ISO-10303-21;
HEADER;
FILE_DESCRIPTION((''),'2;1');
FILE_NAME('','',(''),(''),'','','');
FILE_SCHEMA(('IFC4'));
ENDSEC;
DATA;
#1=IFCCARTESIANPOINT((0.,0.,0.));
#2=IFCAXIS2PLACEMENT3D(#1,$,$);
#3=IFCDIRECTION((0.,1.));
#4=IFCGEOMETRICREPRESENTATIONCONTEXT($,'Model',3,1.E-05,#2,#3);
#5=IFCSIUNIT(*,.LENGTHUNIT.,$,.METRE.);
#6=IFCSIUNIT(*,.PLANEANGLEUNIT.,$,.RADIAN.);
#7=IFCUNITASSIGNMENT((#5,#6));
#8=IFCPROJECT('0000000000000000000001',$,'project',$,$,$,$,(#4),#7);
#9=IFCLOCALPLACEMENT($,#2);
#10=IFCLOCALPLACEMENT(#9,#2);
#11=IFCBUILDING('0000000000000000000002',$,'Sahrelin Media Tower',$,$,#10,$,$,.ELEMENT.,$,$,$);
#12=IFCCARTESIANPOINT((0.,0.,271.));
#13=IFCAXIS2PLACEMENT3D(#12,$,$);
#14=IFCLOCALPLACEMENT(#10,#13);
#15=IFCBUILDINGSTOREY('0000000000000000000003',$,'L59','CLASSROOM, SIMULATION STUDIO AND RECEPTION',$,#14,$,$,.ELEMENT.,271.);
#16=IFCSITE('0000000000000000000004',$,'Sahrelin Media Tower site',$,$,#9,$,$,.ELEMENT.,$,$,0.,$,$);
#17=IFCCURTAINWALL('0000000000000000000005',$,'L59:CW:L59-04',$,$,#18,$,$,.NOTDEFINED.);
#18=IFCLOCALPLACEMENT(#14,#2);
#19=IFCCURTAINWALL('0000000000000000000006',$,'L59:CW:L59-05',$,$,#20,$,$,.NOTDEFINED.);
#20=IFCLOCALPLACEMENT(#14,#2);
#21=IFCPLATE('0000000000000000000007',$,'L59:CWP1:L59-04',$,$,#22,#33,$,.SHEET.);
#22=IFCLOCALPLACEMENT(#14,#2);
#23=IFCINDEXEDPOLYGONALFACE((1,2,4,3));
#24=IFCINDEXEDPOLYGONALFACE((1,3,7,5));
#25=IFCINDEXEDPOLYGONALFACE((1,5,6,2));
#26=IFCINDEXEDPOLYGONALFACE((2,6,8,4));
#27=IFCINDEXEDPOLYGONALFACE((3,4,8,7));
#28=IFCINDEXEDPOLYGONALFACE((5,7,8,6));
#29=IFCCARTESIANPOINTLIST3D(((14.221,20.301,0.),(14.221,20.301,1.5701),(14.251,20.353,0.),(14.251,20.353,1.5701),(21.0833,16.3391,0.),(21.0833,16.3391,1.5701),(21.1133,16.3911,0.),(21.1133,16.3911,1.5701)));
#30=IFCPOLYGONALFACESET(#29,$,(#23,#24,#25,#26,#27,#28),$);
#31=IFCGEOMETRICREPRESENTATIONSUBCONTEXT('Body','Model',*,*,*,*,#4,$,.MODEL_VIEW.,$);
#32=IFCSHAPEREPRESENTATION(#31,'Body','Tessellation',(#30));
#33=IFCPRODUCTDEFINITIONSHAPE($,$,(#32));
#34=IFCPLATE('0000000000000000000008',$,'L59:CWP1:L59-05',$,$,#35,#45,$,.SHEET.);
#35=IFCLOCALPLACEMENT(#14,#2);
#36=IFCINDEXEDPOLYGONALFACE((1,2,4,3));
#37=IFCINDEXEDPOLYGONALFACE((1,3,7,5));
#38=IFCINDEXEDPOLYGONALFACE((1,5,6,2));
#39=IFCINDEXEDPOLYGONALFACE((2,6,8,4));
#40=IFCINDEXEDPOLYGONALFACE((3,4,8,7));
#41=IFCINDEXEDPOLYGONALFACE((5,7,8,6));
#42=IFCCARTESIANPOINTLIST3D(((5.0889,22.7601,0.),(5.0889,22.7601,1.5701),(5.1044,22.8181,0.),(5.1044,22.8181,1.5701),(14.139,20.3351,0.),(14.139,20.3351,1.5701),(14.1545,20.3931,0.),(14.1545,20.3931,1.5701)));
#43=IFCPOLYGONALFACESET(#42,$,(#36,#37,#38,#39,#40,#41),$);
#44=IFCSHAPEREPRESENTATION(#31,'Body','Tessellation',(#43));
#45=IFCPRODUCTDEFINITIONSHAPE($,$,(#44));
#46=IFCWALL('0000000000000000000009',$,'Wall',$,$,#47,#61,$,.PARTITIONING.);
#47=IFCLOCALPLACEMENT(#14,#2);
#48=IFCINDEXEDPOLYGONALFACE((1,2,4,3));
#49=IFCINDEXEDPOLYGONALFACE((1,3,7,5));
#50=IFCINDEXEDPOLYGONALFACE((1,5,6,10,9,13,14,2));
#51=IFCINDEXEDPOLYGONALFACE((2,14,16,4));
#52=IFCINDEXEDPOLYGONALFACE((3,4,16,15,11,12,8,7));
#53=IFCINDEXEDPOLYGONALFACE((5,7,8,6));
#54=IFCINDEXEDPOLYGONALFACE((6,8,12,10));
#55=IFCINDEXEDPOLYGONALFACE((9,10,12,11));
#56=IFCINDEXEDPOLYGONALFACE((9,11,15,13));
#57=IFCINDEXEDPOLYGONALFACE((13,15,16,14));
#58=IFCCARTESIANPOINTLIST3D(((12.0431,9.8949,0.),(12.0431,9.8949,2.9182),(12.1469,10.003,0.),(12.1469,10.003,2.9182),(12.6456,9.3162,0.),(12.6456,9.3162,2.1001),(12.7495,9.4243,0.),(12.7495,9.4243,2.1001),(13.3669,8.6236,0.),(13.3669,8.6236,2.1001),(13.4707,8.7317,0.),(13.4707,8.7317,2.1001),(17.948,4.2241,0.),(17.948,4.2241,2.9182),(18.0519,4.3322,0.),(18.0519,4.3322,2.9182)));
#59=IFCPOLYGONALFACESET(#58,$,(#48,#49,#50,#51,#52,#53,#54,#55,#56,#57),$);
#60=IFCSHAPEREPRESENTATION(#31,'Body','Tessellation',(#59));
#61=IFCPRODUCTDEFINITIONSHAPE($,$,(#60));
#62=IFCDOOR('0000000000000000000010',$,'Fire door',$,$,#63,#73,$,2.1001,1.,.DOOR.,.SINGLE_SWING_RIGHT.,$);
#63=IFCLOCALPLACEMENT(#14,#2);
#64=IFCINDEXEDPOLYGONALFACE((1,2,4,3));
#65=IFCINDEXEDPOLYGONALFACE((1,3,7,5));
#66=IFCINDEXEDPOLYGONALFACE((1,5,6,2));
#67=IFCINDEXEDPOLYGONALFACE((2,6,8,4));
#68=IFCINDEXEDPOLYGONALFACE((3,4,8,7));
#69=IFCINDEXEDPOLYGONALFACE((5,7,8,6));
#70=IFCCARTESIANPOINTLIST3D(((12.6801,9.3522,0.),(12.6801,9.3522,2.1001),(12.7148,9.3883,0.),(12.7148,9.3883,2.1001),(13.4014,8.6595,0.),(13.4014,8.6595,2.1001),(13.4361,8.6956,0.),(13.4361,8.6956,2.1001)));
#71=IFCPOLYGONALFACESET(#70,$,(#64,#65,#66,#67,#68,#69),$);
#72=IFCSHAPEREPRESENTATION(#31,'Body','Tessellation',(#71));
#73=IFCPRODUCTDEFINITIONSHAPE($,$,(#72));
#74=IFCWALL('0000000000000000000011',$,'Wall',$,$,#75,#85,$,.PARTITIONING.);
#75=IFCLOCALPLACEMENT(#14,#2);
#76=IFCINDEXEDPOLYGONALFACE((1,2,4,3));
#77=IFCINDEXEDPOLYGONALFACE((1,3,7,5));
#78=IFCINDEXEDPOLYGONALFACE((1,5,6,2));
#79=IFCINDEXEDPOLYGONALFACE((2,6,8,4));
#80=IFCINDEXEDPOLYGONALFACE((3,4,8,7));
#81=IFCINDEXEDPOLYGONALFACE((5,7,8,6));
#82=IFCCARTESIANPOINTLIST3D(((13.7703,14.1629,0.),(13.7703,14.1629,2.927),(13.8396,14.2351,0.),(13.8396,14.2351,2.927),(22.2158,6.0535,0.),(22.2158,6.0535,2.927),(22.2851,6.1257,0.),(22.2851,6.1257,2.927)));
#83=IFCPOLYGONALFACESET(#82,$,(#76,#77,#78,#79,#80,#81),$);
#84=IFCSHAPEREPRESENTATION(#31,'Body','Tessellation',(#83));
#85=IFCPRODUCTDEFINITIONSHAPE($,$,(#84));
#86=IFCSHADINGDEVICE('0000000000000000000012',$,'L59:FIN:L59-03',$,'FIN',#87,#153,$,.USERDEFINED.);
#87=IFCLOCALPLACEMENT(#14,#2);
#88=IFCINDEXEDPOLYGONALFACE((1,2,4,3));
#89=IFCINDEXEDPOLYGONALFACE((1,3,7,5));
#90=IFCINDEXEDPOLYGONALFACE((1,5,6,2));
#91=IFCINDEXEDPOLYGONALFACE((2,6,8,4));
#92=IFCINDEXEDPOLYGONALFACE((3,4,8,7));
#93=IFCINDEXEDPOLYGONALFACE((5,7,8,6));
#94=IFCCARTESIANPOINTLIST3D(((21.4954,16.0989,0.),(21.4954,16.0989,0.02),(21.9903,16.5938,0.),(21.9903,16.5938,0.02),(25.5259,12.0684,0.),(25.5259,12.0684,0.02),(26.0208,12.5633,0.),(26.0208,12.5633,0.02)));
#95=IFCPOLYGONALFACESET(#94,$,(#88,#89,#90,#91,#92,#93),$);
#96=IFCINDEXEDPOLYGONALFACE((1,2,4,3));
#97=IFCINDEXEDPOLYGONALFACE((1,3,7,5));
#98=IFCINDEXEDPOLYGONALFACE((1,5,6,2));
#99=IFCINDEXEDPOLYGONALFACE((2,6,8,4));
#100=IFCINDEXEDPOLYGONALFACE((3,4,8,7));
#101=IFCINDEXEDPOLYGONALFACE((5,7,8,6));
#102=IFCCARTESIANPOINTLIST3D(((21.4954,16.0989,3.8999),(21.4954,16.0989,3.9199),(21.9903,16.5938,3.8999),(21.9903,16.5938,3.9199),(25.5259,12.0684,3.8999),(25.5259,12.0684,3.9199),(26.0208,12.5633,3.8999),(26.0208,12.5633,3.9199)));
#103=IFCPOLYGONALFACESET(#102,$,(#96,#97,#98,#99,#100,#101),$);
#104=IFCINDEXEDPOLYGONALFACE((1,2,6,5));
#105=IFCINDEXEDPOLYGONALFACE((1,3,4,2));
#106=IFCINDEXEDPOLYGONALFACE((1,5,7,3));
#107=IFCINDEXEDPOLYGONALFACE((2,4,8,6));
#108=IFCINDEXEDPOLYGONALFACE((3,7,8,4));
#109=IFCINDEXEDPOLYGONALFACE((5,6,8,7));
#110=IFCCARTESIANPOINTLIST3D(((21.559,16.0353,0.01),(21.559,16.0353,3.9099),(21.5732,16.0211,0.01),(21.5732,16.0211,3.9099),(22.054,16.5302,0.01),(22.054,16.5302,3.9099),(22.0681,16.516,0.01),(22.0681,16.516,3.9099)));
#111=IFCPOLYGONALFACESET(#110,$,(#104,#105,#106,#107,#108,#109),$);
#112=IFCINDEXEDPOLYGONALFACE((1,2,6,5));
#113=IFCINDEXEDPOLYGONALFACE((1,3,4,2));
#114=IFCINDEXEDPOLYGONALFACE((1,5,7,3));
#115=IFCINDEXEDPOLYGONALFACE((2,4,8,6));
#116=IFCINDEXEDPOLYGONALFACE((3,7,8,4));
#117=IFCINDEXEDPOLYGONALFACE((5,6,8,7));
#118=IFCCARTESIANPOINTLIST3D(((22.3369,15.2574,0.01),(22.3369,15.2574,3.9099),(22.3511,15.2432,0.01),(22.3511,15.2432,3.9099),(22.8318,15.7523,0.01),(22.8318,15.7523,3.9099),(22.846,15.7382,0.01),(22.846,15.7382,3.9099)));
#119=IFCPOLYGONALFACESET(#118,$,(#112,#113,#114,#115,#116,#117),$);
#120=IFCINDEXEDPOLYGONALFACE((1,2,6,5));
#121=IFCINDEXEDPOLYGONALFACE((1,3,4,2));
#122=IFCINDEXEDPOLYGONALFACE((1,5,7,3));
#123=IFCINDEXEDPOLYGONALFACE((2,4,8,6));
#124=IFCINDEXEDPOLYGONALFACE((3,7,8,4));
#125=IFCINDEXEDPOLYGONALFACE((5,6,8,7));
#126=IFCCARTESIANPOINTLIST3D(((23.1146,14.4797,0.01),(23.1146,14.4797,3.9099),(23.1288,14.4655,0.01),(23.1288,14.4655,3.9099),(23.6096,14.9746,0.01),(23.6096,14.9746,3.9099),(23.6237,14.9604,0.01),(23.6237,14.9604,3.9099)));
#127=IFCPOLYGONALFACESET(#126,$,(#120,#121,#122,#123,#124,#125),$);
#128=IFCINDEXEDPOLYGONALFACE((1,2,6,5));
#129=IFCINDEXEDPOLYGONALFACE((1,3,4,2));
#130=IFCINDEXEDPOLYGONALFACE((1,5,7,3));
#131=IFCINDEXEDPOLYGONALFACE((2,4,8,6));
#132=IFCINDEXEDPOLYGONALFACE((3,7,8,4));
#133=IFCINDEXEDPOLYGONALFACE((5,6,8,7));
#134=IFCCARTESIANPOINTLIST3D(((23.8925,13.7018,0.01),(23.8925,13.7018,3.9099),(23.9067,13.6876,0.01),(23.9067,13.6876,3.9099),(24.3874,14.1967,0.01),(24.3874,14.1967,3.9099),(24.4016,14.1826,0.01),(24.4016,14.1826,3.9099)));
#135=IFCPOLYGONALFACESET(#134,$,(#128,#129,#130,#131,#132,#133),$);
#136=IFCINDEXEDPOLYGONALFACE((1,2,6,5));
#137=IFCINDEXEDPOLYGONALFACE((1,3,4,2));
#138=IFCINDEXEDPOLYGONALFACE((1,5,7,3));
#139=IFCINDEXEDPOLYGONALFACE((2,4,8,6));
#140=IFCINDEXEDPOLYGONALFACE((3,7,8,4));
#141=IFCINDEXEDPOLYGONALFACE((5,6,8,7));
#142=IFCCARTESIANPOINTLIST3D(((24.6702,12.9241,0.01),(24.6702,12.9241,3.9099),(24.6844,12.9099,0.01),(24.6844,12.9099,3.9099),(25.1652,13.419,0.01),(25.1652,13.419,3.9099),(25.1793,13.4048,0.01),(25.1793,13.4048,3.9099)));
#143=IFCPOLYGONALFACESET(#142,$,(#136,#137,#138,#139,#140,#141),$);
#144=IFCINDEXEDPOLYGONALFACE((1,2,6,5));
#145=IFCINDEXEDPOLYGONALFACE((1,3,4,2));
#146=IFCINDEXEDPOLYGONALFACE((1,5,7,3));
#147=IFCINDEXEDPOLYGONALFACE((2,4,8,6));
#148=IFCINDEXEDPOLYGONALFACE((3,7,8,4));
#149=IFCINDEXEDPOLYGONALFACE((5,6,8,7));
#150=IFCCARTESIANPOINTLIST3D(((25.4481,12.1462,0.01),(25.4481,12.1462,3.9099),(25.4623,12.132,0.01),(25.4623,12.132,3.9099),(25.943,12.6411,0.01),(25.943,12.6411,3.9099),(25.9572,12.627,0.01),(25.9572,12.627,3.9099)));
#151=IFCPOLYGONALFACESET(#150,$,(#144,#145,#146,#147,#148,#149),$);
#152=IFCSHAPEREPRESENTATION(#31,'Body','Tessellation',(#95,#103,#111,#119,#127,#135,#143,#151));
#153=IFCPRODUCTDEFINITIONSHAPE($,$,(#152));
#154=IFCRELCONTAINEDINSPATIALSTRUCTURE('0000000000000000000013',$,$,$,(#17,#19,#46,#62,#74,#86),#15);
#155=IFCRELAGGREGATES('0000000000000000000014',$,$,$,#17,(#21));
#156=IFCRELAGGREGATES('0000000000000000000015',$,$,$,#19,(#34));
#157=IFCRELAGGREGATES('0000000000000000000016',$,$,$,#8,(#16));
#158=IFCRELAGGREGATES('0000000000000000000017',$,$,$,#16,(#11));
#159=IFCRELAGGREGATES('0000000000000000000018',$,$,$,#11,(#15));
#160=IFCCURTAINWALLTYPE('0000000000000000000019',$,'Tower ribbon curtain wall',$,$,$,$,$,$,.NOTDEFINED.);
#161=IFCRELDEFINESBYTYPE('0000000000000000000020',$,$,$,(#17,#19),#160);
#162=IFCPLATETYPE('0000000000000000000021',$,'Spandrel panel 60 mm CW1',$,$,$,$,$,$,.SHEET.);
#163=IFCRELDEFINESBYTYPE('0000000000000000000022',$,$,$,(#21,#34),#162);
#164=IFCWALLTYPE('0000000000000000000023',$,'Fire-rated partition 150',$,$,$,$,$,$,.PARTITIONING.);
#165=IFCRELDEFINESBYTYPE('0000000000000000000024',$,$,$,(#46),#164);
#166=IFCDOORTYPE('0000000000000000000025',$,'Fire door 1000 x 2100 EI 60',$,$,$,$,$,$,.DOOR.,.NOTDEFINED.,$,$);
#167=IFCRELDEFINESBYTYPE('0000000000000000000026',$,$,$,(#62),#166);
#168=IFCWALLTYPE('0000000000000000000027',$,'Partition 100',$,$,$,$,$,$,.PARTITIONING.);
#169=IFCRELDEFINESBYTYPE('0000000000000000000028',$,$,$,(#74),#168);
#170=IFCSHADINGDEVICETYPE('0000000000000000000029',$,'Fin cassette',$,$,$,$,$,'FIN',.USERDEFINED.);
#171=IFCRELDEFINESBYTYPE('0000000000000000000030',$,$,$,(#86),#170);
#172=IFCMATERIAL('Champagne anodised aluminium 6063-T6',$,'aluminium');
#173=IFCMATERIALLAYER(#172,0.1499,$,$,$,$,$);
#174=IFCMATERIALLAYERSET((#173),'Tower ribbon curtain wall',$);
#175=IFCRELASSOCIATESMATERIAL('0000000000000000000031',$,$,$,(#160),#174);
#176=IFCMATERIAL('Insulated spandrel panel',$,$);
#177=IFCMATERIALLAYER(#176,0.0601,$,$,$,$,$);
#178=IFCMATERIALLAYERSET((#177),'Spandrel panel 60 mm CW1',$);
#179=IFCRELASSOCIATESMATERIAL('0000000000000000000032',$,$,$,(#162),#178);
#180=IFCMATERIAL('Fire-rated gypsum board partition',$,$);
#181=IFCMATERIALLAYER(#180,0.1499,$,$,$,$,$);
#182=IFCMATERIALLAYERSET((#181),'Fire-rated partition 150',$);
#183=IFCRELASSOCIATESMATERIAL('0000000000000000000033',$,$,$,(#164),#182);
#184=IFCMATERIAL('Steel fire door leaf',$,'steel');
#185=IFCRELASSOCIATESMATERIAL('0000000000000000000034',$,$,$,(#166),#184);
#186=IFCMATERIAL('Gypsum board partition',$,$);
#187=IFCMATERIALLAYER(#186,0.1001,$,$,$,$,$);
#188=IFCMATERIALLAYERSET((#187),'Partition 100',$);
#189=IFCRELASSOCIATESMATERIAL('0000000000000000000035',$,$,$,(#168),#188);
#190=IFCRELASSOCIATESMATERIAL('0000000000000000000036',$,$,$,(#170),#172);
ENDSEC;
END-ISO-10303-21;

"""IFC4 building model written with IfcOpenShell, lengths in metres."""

from ifc_helpers import new_model, si_unit, direction, frame, frame_2d, origin, origin_2d, place, context, subcontext, project, spatial, polyline, rectangle, outline, extrude, material, layer, layer_set, type_object, element, fill, aggregate, save


model = new_model("IFC4")

# Units and contexts
model_context = context("Model", 3, precision=1e-05, world=origin(), true_north=direction((0.0, 1.0)))
body_context = subcontext(model_context, "Body", "Model", "MODEL_VIEW")
ifc_project = project(units=[si_unit("LENGTHUNIT", "METRE"), si_unit("PLANEANGLEUNIT", "RADIAN")], contexts=[model_context])

# Site, building, storey
site_placement = place(None, origin())
site = spatial("IfcSite", under=ifc_project, at=site_placement, Name="Sahrelin Media Tower site", CompositionType="ELEMENT", RefElevation=0.0)
building_placement = place(site_placement, origin())
building = spatial("IfcBuilding", under=site, at=building_placement, Name="Sahrelin Media Tower", CompositionType="ELEMENT")
storey_placement = place(building_placement, frame((0.0, 0.0, 271.0)))
storey = spatial("IfcBuildingStorey", under=building, at=storey_placement, Name="L59", Description="CLASSROOM, SIMULATION STUDIO AND RECEPTION", CompositionType="ELEMENT", Elevation=271.0)

# Curtain wall
ifc_material_1 = material(Name="Champagne anodised aluminium 6063-T6", Category="aluminium")
ifc_layer_1 = layer(ifc_material_1, 0.1499)
ifc_layer_set_1 = layer_set([ifc_layer_1], Name="Tower ribbon curtain wall")
curtain_wall_type = type_object("IfcCurtainWallType", Name="Tower ribbon curtain wall", PredefinedType="NOTDEFINED", material=ifc_layer_set_1)
curtain_wall_1_placement = place(storey_placement, frame((17.6721, 18.355, 0.0), z_axis=(0.0, 0.0, 1.0), x_axis=(1.0, 0.0, 0.0)))
curtain_wall_1 = element("IfcCurtainWall", 1, at=curtain_wall_1_placement, inside=storey, type_object=curtain_wall_type, Name="L59:CW:L59-04", PredefinedType="NOTDEFINED")

# Curtain wall
curtain_wall_2_placement = place(storey_placement, frame((9.6243, 21.5862, 0.0), z_axis=(0.0, 0.0, 1.0), x_axis=(1.0, 0.0, 0.0)))
curtain_wall_2 = element("IfcCurtainWall", 2, at=curtain_wall_2_placement, inside=storey, type_object=curtain_wall_type, Name="L59:CW:L59-05", PredefinedType="NOTDEFINED")

# Plates
ifc_material_2 = material(Name="Insulated spandrel panel")
ifc_layer_2 = layer(ifc_material_2, 0.0601)
ifc_layer_set_2 = layer_set([ifc_layer_2], Name="Spandrel panel 60 mm CW1")
plate_type_1 = type_object("IfcPlateType", Name="Spandrel panel 60 mm CW1", PredefinedType="SHEET", material=ifc_layer_set_2)
plate_1_placement = place(storey_placement, frame((21.1133, 16.3911, 0.0), z_axis=(0.499996, 0.866028, 0.0), x_axis=(-0.866028, 0.499996, 0.0)))
plate_1 = element("IfcPlate", 3, at=plate_1_placement, type_object=plate_type_1, Name="L59:CWP1:L59-04", PredefinedType="SHEET", context=body_context, shape_type="SweptSolid", body=[
    extrude(outline(polyline([(0.0, 0.0), (7.9238, 0.0), (7.9238, 1.5701), (0.0, 1.5701), (0.0, 0.0)])), origin(), (0.0, 0.0, -1.0), 0.0601),
])
aggregate(curtain_wall_1, [plate_1])
plate_2_placement = place(storey_placement, frame((14.1545, 20.3931, 0.0), z_axis=(0.258829, 0.965923, 0.0), x_axis=(-0.965923, 0.258829, 0.0)))
plate_2 = element("IfcPlate", 4, at=plate_2_placement, type_object=plate_type_1, Name="L59:CWP1:L59-05", PredefinedType="SHEET", context=body_context, shape_type="SweptSolid", body=[
    extrude(outline(polyline([(0.0, 0.0), (9.3694, 0.0), (9.3694, 1.5701), (0.0, 1.5701), (0.0, 0.0)])), origin(), (0.0, 0.0, -1.0), 0.0601),
])
aggregate(curtain_wall_2, [plate_2])

# Wall, opening, door
ifc_material_3 = material(Name="Fire-rated gypsum board partition")
ifc_layer_3 = layer(ifc_material_3, 0.1499)
ifc_layer_set_3 = layer_set([ifc_layer_3], Name="Fire-rated partition 150")
wall_type_1 = type_object("IfcWallType", Name="Fire-rated partition 150", PredefinedType="PARTITIONING", material=ifc_layer_set_3)
wall_1_placement = place(storey_placement, frame((12.095, 9.949, 0.0), z_axis=(0.0, 0.0, 1.0), x_axis=(0.721261, -0.692663, 0.0)))
wall_1 = element("IfcWall", 5, at=wall_1_placement, inside=storey, type_object=wall_type_1, Name="Wall", PredefinedType="PARTITIONING", context=body_context, shape_type="SweptSolid", body=[
    extrude(rectangle(XDim=8.187, YDim=0.1499, at=frame_2d((4.0935, 0.0))), origin(), (0.0, 0.0, 1.0), 2.9182),
])
opening_placement = place(wall_1_placement, frame((0.8354, 0.0, 0.0)))
opening = element("IfcOpeningElement", 6, at=opening_placement, cuts=wall_1, PredefinedType="OPENING", context=body_context, shape_type="SweptSolid", body=[
    extrude(rectangle(XDim=1.0, YDim=2.1001, at=frame_2d((0.5, 1.05))), frame((0.0, 0.075, 0.0), z_axis=(0.0, -1.0, 0.0), x_axis=(1.0, 0.0, 0.0)), (0.0, 0.0, 1.0), 0.1499),
])
ifc_material_4 = material(Name="Steel fire door leaf", Category="steel")
door_type = type_object("IfcDoorType", Name="Fire door 1000 x 2100 EI 60", OperationType="NOTDEFINED", PredefinedType="DOOR", material=ifc_material_4)
door_placement = place(opening_placement, origin())
door = element("IfcDoor", 7, at=door_placement, inside=storey, type_object=door_type, Name="Fire door", OperationType="SINGLE_SWING_RIGHT", OverallHeight=2.1001, OverallWidth=1.0, PredefinedType="DOOR", context=body_context, shape_type="SweptSolid", body=[
    extrude(rectangle(XDim=1.0, YDim=2.1001, at=frame_2d((0.5, 1.05))), frame((0.0, 0.0249, 0.0), z_axis=(0.0, -1.0, 0.0), x_axis=(1.0, 0.0, 0.0)), (0.0, 0.0, 1.0), 0.05),
])
fill(opening, door)

# Wall
ifc_material_5 = material(Name="Gypsum board partition")
ifc_layer_4 = layer(ifc_material_5, 0.1001)
ifc_layer_set_4 = layer_set([ifc_layer_4], Name="Partition 100")
wall_type_2 = type_object("IfcWallType", Name="Partition 100", PredefinedType="PARTITIONING", material=ifc_layer_set_4)
wall_2_placement = place(storey_placement, frame((13.8049, 14.199, 0.0), z_axis=(0.0, 0.0, 1.0), x_axis=(0.721317, -0.692605, 0.0)))
element("IfcWall", 8, at=wall_2_placement, inside=storey, type_object=wall_type_2, Name="Wall", PredefinedType="PARTITIONING", context=body_context, shape_type="SweptSolid", body=[
    extrude(rectangle(XDim=11.7085, YDim=0.1001, at=frame_2d((5.8542, 0.0))), origin(), (0.0, 0.0, 1.0), 2.927),
])

# Shading device
shading_device_type_1 = type_object("IfcShadingDeviceType", Name="Fin cassette", ElementType="FIN", PredefinedType="USERDEFINED", material=ifc_material_1)
placement_1 = place(storey_placement, frame((23.4612, 14.0342, 0.0), z_axis=(0.0, 0.0, 1.0), x_axis=(0.707107, -0.707107, 0.0)))
element("IfcShadingDevice", 9, at=placement_1, inside=storey, type_object=shading_device_type_1, Name="L59:FIN:L59-03", ObjectType="FIN", PredefinedType="USERDEFINED", context=body_context, shape_type="SweptSolid", body=[
    extrude(rectangle(XDim=5.7, YDim=0.7, at=origin_2d()), frame((0.0, 0.4199, 0.0)), (0.0, 0.0, 1.0), 0.02),
    extrude(rectangle(XDim=5.7, YDim=0.7, at=origin_2d()), frame((0.0, 0.4199, 3.8999)), (0.0, 0.0, 1.0), 0.02),
    extrude(rectangle(XDim=0.02, YDim=0.7, at=origin_2d()), frame((-2.75, 0.4199, 0.01), z_axis=(0.0, 0.0, 1.0), x_axis=(1.0, 0.0, 0.0)), (0.0, 0.0, 1.0), 3.8999),
    extrude(rectangle(XDim=0.02, YDim=0.7, at=origin_2d()), frame((-1.6499, 0.4199, 0.01), z_axis=(0.0, 0.0, 1.0), x_axis=(1.0, 0.0, 0.0)), (0.0, 0.0, 1.0), 3.8999),
    extrude(rectangle(XDim=0.02, YDim=0.7, at=origin_2d()), frame((-0.55, 0.4199, 0.01), z_axis=(0.0, 0.0, 1.0), x_axis=(1.0, 0.0, 0.0)), (0.0, 0.0, 1.0), 3.8999),
    extrude(rectangle(XDim=0.02, YDim=0.7, at=origin_2d()), frame((0.55, 0.4199, 0.01), z_axis=(0.0, 0.0, 1.0), x_axis=(1.0, 0.0, 0.0)), (0.0, 0.0, 1.0), 3.8999),
    extrude(rectangle(XDim=0.02, YDim=0.7, at=origin_2d()), frame((1.6499, 0.4199, 0.01), z_axis=(0.0, 0.0, 1.0), x_axis=(1.0, 0.0, 0.0)), (0.0, 0.0, 1.0), 3.8999),
    extrude(rectangle(XDim=0.02, YDim=0.7, at=origin_2d()), frame((2.75, 0.4199, 0.01), z_axis=(0.0, 0.0, 1.0), x_axis=(1.0, 0.0, 0.0)), (0.0, 0.0, 1.0), 3.8999),
])

save(model, "model.ifc")
